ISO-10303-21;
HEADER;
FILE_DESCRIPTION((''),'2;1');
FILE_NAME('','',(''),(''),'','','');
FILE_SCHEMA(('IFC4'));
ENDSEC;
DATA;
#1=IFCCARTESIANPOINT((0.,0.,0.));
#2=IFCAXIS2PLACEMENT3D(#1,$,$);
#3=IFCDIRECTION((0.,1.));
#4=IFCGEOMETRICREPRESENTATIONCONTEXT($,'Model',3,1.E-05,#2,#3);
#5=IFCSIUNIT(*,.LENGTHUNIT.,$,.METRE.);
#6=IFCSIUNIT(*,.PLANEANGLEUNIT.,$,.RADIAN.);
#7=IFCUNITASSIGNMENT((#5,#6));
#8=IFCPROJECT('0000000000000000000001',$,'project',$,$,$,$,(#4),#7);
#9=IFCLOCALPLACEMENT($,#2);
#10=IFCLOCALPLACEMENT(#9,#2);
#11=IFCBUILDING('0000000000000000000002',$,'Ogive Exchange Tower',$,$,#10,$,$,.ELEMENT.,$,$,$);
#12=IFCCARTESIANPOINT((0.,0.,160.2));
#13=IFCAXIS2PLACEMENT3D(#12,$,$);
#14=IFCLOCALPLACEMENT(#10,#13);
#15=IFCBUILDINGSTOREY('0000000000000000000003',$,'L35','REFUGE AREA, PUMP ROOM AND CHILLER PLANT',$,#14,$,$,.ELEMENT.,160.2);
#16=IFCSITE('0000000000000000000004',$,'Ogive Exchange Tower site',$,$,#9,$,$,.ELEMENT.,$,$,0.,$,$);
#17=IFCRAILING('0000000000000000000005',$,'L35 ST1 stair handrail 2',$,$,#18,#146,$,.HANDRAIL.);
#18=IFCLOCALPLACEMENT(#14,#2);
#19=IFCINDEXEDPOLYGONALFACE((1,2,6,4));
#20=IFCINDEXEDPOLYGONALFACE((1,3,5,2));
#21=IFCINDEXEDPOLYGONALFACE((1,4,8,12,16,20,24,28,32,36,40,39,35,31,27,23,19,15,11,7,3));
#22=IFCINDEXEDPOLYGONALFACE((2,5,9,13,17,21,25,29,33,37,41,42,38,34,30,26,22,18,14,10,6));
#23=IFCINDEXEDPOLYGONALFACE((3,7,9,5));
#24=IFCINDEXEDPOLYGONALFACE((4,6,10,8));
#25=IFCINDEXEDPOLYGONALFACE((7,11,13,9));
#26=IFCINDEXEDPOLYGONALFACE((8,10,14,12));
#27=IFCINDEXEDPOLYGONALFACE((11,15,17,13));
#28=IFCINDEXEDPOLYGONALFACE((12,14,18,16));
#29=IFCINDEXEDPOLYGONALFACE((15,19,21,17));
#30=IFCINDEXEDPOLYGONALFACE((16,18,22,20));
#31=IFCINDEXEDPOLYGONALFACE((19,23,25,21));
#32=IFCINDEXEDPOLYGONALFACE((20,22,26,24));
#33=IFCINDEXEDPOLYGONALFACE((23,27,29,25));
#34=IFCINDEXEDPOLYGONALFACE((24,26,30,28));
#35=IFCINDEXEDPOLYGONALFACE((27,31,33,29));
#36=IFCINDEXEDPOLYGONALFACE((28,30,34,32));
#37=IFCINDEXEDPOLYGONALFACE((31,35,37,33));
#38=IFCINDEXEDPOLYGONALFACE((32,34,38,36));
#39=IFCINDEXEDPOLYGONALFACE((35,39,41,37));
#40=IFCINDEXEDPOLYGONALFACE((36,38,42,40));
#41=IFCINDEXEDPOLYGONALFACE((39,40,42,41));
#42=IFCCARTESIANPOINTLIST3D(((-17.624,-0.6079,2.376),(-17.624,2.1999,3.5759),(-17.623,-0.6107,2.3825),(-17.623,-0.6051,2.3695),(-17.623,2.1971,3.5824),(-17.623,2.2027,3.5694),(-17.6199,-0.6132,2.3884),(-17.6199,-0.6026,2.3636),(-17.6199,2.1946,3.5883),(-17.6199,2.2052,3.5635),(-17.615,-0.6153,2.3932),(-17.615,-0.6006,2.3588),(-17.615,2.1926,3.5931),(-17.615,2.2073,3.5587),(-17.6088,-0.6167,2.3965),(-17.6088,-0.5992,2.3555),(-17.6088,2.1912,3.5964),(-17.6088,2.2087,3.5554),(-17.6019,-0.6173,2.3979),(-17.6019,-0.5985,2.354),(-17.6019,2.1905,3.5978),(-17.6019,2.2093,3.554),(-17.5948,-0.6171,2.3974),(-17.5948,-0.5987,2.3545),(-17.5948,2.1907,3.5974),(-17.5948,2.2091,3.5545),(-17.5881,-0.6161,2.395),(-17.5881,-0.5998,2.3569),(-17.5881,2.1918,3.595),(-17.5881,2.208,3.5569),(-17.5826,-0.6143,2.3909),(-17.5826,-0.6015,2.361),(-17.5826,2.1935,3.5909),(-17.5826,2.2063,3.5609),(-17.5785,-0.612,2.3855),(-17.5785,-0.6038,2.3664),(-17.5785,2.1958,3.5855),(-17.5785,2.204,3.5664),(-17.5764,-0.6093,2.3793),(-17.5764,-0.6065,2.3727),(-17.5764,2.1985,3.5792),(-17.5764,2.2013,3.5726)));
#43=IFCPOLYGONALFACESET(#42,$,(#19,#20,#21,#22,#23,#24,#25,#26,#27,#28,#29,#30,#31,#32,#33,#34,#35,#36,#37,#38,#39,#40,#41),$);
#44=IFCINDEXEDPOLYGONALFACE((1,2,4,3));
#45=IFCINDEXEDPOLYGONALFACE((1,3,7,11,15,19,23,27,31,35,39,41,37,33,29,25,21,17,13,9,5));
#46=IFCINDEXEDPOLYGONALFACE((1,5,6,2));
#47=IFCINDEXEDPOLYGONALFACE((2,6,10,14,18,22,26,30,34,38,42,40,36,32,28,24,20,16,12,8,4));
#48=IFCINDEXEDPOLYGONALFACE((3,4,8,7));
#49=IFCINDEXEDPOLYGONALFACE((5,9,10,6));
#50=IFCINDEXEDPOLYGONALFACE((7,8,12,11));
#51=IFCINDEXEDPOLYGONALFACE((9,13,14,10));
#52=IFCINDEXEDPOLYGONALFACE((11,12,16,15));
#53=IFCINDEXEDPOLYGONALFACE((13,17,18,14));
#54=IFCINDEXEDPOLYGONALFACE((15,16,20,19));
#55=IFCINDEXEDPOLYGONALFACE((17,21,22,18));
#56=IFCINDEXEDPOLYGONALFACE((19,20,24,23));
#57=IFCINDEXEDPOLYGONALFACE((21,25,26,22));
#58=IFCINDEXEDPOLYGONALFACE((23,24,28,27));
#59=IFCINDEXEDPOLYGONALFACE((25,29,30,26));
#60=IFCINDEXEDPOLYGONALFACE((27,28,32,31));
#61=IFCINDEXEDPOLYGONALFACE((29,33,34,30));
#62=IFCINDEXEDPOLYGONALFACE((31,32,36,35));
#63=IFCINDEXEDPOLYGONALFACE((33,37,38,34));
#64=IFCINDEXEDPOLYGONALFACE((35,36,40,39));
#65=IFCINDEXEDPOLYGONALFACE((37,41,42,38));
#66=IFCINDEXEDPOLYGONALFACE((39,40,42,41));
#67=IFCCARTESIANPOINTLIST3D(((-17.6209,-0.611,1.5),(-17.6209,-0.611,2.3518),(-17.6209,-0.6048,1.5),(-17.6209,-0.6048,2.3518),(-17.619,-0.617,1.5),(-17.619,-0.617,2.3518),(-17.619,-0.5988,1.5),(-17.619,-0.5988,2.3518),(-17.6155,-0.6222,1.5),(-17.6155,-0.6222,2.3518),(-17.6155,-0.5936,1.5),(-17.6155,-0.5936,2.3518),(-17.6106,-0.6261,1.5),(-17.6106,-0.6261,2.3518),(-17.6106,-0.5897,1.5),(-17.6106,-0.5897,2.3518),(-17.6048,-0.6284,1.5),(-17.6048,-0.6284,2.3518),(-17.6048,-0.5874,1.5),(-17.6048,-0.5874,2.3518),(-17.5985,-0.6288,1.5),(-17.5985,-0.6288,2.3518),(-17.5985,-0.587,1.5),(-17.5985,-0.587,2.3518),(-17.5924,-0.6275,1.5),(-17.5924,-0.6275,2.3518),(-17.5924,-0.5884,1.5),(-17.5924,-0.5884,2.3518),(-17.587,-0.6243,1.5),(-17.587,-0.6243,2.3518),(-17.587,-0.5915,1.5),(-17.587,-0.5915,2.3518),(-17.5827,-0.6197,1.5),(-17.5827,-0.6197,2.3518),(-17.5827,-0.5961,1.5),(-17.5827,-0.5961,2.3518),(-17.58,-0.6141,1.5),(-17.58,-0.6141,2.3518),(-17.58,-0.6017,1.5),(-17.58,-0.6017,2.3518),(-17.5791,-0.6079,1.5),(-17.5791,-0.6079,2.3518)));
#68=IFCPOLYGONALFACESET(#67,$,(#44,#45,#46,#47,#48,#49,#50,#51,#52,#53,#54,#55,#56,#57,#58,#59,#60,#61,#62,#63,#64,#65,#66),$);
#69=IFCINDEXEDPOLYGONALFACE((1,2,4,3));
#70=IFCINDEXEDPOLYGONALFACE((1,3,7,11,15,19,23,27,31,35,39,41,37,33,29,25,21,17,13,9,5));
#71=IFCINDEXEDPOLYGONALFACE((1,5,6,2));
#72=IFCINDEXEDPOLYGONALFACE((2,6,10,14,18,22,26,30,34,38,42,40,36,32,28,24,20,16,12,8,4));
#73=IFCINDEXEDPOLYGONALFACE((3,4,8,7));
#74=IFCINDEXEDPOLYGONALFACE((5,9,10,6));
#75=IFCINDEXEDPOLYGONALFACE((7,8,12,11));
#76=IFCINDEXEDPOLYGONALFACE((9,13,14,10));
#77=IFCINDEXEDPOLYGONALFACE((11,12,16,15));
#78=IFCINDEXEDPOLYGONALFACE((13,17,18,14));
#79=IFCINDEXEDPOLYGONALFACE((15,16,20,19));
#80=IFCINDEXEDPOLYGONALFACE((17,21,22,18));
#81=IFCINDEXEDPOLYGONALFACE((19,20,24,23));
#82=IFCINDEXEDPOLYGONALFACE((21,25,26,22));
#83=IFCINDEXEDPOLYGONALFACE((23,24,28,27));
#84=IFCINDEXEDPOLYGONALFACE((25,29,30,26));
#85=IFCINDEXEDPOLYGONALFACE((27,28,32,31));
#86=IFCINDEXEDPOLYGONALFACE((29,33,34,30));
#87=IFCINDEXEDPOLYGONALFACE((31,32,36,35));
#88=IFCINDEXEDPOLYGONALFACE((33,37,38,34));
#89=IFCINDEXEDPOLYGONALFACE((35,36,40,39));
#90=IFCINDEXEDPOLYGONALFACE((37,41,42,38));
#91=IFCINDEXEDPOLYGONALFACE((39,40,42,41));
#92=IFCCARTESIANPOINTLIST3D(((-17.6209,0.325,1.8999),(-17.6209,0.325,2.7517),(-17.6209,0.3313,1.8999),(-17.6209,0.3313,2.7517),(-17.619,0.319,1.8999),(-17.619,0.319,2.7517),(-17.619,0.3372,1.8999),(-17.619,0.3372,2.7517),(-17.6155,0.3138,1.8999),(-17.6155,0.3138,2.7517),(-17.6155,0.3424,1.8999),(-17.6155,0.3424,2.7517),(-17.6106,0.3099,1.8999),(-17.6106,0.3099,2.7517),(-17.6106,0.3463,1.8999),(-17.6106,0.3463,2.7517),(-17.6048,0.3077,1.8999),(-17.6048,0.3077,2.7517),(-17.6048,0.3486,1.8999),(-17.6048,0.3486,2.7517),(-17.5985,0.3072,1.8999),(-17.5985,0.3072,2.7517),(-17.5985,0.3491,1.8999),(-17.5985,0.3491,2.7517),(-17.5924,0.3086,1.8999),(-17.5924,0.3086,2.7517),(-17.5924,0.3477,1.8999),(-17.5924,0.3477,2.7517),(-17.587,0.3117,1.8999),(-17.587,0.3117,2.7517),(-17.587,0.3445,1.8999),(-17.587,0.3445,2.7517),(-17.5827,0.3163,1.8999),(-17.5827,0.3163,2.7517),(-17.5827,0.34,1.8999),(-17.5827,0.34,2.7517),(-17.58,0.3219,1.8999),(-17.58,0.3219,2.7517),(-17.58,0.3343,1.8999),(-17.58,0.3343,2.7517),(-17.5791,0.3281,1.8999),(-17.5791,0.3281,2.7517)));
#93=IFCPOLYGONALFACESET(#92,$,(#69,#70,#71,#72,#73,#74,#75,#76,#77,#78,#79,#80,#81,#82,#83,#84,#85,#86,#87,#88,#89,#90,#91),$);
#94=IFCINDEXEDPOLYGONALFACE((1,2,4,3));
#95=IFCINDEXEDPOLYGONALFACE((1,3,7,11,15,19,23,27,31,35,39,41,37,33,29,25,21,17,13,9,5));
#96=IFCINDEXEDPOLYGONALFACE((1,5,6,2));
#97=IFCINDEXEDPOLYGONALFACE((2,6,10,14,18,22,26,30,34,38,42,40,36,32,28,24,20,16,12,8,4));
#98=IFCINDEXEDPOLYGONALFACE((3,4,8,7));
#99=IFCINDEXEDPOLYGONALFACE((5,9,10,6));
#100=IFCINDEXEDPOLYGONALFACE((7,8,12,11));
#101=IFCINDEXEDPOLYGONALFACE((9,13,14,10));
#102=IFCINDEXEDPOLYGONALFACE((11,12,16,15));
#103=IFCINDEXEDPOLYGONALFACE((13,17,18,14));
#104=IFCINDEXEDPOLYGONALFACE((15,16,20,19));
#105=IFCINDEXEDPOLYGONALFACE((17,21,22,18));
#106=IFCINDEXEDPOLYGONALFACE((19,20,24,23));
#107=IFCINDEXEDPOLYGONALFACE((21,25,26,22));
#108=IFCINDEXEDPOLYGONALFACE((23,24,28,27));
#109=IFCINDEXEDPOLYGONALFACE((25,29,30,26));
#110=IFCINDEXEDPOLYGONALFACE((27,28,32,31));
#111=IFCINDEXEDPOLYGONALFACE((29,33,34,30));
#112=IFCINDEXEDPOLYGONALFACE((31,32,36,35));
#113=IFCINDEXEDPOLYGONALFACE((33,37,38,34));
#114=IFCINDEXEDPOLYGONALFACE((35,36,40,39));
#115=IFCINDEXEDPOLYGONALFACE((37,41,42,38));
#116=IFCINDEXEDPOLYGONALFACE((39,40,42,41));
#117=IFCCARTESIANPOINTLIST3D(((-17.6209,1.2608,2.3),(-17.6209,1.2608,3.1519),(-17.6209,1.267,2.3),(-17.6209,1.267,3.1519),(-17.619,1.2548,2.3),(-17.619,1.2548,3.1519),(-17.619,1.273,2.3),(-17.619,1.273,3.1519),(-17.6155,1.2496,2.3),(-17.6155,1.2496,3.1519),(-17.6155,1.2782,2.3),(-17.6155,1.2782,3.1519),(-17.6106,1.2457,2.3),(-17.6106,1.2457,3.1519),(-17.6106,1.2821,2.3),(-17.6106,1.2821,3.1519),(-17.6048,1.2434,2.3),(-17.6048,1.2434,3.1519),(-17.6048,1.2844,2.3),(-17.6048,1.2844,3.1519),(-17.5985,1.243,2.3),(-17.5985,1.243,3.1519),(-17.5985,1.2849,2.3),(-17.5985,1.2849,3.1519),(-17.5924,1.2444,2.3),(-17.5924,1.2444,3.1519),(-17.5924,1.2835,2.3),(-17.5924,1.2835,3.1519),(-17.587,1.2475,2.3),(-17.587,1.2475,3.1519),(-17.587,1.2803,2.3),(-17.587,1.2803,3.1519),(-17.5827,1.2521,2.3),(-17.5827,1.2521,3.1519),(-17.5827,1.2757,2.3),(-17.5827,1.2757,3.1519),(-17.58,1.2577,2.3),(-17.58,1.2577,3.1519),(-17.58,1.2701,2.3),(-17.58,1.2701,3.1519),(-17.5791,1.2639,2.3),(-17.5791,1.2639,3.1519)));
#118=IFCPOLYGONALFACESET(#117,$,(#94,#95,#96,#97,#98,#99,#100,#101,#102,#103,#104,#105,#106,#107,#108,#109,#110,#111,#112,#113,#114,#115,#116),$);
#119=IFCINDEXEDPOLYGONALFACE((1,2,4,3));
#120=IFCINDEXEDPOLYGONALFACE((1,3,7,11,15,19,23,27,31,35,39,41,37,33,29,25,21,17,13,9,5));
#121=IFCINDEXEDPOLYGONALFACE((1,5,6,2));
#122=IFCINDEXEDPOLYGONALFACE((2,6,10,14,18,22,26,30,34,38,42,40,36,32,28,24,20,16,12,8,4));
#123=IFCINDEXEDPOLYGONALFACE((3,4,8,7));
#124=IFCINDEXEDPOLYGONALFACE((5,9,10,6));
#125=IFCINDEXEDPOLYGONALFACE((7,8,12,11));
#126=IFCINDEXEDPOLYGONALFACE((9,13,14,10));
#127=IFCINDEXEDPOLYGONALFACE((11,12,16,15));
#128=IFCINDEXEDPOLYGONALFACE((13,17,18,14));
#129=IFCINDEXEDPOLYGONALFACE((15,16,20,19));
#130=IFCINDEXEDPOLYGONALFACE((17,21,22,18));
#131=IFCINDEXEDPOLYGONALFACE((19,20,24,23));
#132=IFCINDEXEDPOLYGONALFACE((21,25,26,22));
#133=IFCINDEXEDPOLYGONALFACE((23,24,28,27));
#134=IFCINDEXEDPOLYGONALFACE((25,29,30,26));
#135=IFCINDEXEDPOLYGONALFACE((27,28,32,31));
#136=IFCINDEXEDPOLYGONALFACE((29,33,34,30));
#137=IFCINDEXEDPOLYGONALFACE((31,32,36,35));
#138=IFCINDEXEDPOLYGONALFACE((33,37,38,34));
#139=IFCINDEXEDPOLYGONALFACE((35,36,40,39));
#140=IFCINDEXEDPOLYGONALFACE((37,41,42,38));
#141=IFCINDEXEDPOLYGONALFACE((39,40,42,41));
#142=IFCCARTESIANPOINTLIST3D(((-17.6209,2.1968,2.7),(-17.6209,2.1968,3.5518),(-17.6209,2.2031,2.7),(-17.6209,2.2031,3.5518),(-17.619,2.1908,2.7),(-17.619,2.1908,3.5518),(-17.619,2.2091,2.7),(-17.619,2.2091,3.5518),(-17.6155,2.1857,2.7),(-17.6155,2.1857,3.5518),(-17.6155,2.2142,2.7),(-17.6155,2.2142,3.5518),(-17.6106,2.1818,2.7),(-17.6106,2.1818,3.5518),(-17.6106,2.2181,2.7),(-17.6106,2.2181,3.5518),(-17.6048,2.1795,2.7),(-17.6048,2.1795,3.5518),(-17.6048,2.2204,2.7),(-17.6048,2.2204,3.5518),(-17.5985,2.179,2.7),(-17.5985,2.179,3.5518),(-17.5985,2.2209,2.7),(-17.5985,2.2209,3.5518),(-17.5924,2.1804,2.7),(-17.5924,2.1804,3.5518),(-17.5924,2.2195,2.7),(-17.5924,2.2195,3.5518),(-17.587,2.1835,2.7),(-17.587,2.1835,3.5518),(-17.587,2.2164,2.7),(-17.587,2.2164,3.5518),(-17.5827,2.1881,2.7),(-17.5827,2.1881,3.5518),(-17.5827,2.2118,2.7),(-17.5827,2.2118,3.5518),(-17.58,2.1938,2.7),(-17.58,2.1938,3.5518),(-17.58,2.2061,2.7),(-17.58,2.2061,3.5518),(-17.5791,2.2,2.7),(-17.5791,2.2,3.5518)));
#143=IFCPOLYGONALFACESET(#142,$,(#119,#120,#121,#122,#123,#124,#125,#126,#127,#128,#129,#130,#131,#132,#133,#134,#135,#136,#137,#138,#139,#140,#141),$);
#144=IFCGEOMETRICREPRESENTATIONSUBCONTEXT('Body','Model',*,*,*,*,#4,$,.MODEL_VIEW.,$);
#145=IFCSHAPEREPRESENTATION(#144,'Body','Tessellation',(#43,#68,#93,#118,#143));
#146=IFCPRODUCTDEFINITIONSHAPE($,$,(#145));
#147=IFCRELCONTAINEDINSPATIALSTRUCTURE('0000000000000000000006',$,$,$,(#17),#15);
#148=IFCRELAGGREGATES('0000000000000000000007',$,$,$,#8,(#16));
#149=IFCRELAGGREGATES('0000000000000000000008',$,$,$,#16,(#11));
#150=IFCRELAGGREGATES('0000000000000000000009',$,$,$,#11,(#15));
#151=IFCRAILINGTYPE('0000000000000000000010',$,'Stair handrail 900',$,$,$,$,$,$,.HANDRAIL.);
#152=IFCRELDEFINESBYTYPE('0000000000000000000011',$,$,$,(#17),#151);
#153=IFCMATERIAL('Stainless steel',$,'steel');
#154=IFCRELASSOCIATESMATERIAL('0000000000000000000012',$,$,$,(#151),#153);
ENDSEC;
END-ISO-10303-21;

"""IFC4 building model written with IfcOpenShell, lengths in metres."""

from ifc_helpers import new_model, si_unit, direction, frame, origin, origin_2d, place, context, subcontext, project, spatial, circle, extrude, material, type_object, element, save


model = new_model("IFC4")

# Units and contexts
model_context = context("Model", 3, precision=1e-05, world=origin(), true_north=direction((0.0, 1.0)))
body_context = subcontext(model_context, "Body", "Model", "MODEL_VIEW")
ifc_project = project(units=[si_unit("LENGTHUNIT", "METRE"), si_unit("PLANEANGLEUNIT", "RADIAN")], contexts=[model_context])

# Site, building, storey
site_placement = place(None, origin())
site = spatial("IfcSite", under=ifc_project, at=site_placement, Name="Ogive Exchange Tower site", CompositionType="ELEMENT", RefElevation=0.0)
building_placement = place(site_placement, origin())
building = spatial("IfcBuilding", under=site, at=building_placement, Name="Ogive Exchange Tower", CompositionType="ELEMENT")
storey_placement = place(building_placement, frame((0.0, 0.0, 160.2)))
storey = spatial("IfcBuildingStorey", under=building, at=storey_placement, Name="L35", Description="REFUGE AREA, PUMP ROOM AND CHILLER PLANT", CompositionType="ELEMENT", Elevation=160.2)

# Railing
ifc_material_1 = material(Name="Stainless steel", Category="steel")
railing_type = type_object("IfcRailingType", Name="Stair handrail 900", PredefinedType="HANDRAIL", material=ifc_material_1)
railing_placement = place(storey_placement, frame((-17.6001, -0.6079, 1.5)))
element("IfcRailing", 1, at=railing_placement, inside=storey, type_object=railing_type, Name="L35 ST1 stair handrail 2", PredefinedType="HANDRAIL", context=body_context, shape_type="SweptSolid", body=[
    extrude(circle(Radius=0.0239, at=origin_2d()), frame((0.0, 0.0, 0.876), z_axis=(0.0, 0.91955, 0.392973), x_axis=(-1.0, 0.0, 0.0)), (0.0, 0.0, 1.0), 3.0535),
    extrude(circle(Radius=0.021, at=origin_2d()), origin(), (0.0, 0.0, 1.0), 0.8518),
    extrude(circle(Radius=0.021, at=origin_2d()), frame((0.0, 0.936, 0.3999)), (0.0, 0.0, 1.0), 0.8518),
    extrude(circle(Radius=0.021, at=origin_2d()), frame((0.0, 1.8718, 0.8)), (0.0, 0.0, 1.0), 0.8518),
    extrude(circle(Radius=0.021, at=origin_2d()), frame((0.0, 2.8079, 1.2)), (0.0, 0.0, 1.0), 0.8518),
])

save(model, "model.ifc")
